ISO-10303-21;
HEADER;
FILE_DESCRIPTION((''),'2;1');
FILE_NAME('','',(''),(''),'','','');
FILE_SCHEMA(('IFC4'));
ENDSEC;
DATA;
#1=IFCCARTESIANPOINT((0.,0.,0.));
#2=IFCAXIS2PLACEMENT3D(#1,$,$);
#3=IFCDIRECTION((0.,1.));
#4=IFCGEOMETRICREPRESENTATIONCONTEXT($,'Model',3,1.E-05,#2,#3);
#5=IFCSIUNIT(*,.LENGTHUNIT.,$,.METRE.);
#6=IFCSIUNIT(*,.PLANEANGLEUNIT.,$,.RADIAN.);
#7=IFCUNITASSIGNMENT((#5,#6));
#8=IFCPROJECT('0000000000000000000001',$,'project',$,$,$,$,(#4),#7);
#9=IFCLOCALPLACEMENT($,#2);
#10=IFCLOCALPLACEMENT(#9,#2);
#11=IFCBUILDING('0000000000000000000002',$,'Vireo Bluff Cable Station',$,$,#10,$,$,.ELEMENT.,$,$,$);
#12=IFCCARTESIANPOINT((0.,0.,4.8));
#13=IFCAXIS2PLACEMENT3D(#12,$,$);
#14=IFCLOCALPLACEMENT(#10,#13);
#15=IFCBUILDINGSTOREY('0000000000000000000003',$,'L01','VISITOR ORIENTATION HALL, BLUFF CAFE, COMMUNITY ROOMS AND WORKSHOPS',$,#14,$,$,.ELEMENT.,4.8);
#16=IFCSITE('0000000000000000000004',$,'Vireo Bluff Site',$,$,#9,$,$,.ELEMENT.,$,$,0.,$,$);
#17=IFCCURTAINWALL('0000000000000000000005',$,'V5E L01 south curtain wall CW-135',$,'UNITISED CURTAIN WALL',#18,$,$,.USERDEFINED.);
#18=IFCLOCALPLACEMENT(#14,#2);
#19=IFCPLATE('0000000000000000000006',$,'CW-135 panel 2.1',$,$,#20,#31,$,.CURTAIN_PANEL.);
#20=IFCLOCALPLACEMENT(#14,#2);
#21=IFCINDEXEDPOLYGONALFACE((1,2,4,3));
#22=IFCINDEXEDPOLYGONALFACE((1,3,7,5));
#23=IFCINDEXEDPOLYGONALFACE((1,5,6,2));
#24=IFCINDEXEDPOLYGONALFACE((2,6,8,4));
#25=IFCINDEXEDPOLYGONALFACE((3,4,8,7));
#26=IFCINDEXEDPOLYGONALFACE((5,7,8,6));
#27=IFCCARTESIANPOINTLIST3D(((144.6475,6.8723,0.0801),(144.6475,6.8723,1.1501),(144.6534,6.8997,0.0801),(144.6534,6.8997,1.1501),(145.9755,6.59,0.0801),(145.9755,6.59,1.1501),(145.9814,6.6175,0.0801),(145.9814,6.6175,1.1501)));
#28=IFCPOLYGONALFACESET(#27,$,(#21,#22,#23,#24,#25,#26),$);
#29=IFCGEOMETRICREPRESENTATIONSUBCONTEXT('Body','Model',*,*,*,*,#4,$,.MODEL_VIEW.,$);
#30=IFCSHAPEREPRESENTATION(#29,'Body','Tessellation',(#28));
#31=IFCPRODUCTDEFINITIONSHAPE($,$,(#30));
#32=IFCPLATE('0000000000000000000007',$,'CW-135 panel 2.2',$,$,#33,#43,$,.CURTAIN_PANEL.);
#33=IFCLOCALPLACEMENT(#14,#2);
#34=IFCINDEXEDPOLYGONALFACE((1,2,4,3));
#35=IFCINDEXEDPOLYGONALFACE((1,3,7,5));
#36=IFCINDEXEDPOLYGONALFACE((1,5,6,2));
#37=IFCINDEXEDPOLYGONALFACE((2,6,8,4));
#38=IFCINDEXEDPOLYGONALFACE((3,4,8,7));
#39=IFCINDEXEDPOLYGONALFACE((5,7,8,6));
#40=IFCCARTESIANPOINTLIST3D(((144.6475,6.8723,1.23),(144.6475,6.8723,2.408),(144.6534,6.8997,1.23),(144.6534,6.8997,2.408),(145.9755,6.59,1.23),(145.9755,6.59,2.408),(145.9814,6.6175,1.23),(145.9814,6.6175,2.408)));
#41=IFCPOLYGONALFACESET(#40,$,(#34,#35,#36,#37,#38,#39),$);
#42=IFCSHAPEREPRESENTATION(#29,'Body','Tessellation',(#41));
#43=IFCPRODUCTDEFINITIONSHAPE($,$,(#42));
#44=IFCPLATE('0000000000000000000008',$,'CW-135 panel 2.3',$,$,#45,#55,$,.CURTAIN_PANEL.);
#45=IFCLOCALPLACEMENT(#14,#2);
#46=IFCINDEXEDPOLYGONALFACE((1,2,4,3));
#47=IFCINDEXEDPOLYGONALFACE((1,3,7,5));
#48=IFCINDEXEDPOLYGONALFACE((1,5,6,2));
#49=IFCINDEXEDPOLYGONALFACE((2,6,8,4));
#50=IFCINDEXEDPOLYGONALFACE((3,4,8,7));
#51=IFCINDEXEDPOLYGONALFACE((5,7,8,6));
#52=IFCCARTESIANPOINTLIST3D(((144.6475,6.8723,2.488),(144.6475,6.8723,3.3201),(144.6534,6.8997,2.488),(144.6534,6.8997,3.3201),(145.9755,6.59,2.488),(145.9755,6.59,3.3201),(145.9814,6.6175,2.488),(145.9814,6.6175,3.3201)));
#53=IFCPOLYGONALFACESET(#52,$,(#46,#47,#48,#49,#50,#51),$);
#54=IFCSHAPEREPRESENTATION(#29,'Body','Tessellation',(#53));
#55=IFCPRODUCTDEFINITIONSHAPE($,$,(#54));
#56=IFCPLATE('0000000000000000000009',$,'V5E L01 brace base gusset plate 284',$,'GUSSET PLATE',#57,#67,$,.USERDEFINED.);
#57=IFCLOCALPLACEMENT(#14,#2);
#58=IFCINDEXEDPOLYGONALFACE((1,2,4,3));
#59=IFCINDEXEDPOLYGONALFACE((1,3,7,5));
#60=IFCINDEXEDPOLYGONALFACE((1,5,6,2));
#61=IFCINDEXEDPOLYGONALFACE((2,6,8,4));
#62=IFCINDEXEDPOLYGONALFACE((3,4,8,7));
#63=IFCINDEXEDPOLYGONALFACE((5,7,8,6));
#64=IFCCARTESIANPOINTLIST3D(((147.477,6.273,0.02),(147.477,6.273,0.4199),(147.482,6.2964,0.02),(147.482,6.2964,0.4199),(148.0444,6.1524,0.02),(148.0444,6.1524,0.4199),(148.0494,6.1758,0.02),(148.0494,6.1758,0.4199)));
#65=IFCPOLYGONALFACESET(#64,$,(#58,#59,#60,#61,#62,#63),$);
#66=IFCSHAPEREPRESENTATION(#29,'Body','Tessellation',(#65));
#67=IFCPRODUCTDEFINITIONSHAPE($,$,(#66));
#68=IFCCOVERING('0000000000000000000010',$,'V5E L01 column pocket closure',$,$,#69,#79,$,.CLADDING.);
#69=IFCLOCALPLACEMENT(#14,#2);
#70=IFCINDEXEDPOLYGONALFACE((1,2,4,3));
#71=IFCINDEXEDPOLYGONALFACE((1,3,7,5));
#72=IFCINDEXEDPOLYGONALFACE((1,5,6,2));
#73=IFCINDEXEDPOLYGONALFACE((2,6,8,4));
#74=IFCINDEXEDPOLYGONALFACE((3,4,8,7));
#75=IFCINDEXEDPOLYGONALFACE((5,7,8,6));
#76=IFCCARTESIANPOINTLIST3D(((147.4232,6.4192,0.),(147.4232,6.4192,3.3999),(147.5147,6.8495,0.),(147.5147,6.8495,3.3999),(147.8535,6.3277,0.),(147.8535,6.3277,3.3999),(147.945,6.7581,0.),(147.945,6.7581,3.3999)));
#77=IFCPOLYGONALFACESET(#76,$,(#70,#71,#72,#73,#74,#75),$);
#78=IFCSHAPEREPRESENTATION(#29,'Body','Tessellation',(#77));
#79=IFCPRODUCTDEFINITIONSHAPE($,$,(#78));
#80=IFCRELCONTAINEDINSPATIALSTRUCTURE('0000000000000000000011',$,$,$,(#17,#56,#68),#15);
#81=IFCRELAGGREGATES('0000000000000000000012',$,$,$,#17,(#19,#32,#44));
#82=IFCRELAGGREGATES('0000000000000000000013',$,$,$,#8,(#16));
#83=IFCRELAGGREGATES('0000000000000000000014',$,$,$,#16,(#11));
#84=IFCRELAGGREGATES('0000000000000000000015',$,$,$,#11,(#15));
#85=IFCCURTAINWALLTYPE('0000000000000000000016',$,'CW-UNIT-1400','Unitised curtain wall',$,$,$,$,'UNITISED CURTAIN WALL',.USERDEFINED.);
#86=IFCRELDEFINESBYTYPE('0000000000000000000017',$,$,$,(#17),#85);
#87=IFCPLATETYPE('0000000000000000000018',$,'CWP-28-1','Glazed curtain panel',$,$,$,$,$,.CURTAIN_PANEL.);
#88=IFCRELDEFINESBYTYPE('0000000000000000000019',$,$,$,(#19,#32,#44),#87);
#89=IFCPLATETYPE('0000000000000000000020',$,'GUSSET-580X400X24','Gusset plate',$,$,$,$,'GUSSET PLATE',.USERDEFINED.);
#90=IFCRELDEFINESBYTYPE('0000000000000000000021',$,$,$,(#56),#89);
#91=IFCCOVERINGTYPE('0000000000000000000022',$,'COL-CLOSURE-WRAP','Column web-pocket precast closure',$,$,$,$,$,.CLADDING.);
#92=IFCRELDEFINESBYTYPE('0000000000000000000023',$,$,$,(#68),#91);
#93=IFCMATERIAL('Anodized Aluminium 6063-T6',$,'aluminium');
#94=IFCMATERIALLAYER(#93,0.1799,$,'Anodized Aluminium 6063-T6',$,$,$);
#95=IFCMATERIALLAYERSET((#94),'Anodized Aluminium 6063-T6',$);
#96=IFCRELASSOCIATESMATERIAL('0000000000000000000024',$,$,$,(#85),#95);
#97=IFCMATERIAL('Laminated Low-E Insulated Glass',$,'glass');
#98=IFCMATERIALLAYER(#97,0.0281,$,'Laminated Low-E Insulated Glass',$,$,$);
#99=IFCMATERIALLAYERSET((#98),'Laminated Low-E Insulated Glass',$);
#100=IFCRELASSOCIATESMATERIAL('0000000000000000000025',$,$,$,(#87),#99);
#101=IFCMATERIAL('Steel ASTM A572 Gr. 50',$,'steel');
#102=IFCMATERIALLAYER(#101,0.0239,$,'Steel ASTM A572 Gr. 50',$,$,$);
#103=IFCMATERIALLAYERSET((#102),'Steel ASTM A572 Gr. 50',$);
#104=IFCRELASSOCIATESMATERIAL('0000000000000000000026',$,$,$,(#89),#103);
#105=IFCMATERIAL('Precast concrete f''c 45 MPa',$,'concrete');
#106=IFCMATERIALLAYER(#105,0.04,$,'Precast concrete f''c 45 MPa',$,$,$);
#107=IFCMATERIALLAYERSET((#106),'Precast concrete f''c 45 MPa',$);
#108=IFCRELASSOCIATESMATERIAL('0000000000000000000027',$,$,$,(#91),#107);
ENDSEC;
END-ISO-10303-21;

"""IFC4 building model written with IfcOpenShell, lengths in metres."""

from ifc_helpers import new_model, si_unit, direction, frame, origin, origin_2d, place, context, subcontext, project, spatial, rectangle, extrude, material, layer, layer_set, type_object, element, aggregate, save


model = new_model("IFC4")

# Units and contexts
model_context = context("Model", 3, precision=1e-05, world=origin(), true_north=direction((0.0, 1.0)))
body_context = subcontext(model_context, "Body", "Model", "MODEL_VIEW")
ifc_project = project(units=[si_unit("LENGTHUNIT", "METRE"), si_unit("PLANEANGLEUNIT", "RADIAN")], contexts=[model_context])

# Site, building, storey
site_placement = place(None, origin())
site = spatial("IfcSite", under=ifc_project, at=site_placement, Name="Vireo Bluff Site", CompositionType="ELEMENT", RefElevation=0.0)
building_placement = place(site_placement, origin())
building = spatial("IfcBuilding", under=site, at=building_placement, Name="Vireo Bluff Cable Station", CompositionType="ELEMENT")
storey_placement = place(building_placement, frame((0.0, 0.0, 4.8)))
storey = spatial("IfcBuildingStorey", under=building, at=storey_placement, Name="L01", Description="VISITOR ORIENTATION HALL, BLUFF CAFE, COMMUNITY ROOMS AND WORKSHOPS", CompositionType="ELEMENT", Elevation=4.8)

# Curtain wall
ifc_material_1 = material(Name="Anodized Aluminium 6063-T6", Category="aluminium")
ifc_layer_1 = layer(ifc_material_1, 0.1799, Name="Anodized Aluminium 6063-T6")
ifc_layer_set_1 = layer_set([ifc_layer_1], Name="Anodized Aluminium 6063-T6")
curtain_wall_type = type_object("IfcCurtainWallType", Name="CW-UNIT-1400", Description="Unitised curtain wall", ElementType="UNITISED CURTAIN WALL", PredefinedType="USERDEFINED", material=ifc_layer_set_1)
curtain_wall_placement = place(storey_placement, origin())
curtain_wall = element("IfcCurtainWall", 1, at=curtain_wall_placement, inside=storey, type_object=curtain_wall_type, Name="V5E L01 south curtain wall CW-135", ObjectType="UNITISED CURTAIN WALL", PredefinedType="USERDEFINED")

# Plates
ifc_material_2 = material(Name="Laminated Low-E Insulated Glass", Category="glass")
ifc_layer_2 = layer(ifc_material_2, 0.0281, Name="Laminated Low-E Insulated Glass")
ifc_layer_set_2 = layer_set([ifc_layer_2], Name="Laminated Low-E Insulated Glass")
plate_type_1 = type_object("IfcPlateType", Name="CWP-28-1", Description="Glazed curtain panel", PredefinedType="CURTAIN_PANEL", material=ifc_layer_set_2)
plate_1_placement = place(storey_placement, frame((145.3145, 6.7449, 0.0801), z_axis=(0.0, 0.0, 1.0), x_axis=(-0.978148, 0.207912, 0.0)))
plate_1 = element("IfcPlate", 2, at=plate_1_placement, type_object=plate_type_1, Name="CW-135 panel 2.1", PredefinedType="CURTAIN_PANEL", context=body_context, shape_type="SweptSolid", body=[
    extrude(rectangle(XDim=1.3577, YDim=0.0281, at=origin_2d()), origin(), (0.0, 0.0, 1.0), 1.0701),
])
plate_2_placement = place(storey_placement, frame((145.3145, 6.7449, 1.23), z_axis=(0.0, 0.0, 1.0), x_axis=(-0.978148, 0.207912, 0.0)))
plate_2 = element("IfcPlate", 3, at=plate_2_placement, type_object=plate_type_1, Name="CW-135 panel 2.2", PredefinedType="CURTAIN_PANEL", context=body_context, shape_type="SweptSolid", body=[
    extrude(rectangle(XDim=1.3577, YDim=0.0281, at=origin_2d()), origin(), (0.0, 0.0, 1.0), 1.178),
])
plate_3_placement = place(storey_placement, frame((145.3145, 6.7449, 2.488), z_axis=(0.0, 0.0, 1.0), x_axis=(-0.978148, 0.207912, 0.0)))
plate_3 = element("IfcPlate", 4, at=plate_3_placement, type_object=plate_type_1, Name="CW-135 panel 2.3", PredefinedType="CURTAIN_PANEL", context=body_context, shape_type="SweptSolid", body=[
    extrude(rectangle(XDim=1.3577, YDim=0.0281, at=origin_2d()), origin(), (0.0, 0.0, 1.0), 0.832),
])
aggregate(curtain_wall, [plate_1, plate_2, plate_3])
ifc_material_3 = material(Name="Steel ASTM A572 Gr. 50", Category="steel")
ifc_layer_3 = layer(ifc_material_3, 0.0239, Name="Steel ASTM A572 Gr. 50")
ifc_layer_set_3 = layer_set([ifc_layer_3], Name="Steel ASTM A572 Gr. 50")
plate_type_2 = type_object("IfcPlateType", Name="GUSSET-580X400X24", Description="Gusset plate", ElementType="GUSSET PLATE", PredefinedType="USERDEFINED", material=ifc_layer_set_3)
plate_4_placement = place(storey_placement, frame((147.7632, 6.2244, 0.02), z_axis=(0.0, 0.0, 1.0), x_axis=(0.978148, -0.207912, 0.0)))
element("IfcPlate", 5, at=plate_4_placement, inside=storey, type_object=plate_type_2, Name="V5E L01 brace base gusset plate 284", ObjectType="GUSSET PLATE", PredefinedType="USERDEFINED", context=body_context, shape_type="SweptSolid", body=[
    extrude(rectangle(XDim=0.5801, YDim=0.0239, at=origin_2d()), origin(), (0.0, 0.0, 1.0), 0.3999),
])

# Covering
ifc_material_4 = material(Name="Precast concrete f'c 45 MPa", Category="concrete")
ifc_layer_4 = layer(ifc_material_4, 0.04, Name="Precast concrete f'c 45 MPa")
ifc_layer_set_4 = layer_set([ifc_layer_4], Name="Precast concrete f'c 45 MPa")
covering_type = type_object("IfcCoveringType", Name="COL-CLOSURE-WRAP", Description="Column web-pocket precast closure", PredefinedType="CLADDING", material=ifc_layer_set_4)
covering_placement = place(storey_placement, frame((147.6841, 6.5886, 0.0), z_axis=(0.0, 0.0, 1.0), x_axis=(0.978148, -0.207912, 0.0)))
element("IfcCovering", 6, at=covering_placement, inside=storey, type_object=covering_type, Name="V5E L01 column pocket closure", PredefinedType="CLADDING", context=body_context, shape_type="SweptSolid", body=[
    extrude(rectangle(XDim=0.4399, YDim=0.4399, at=origin_2d()), origin(), (0.0, 0.0, 1.0), 3.3999),
])

save(model, "model.ifc")
